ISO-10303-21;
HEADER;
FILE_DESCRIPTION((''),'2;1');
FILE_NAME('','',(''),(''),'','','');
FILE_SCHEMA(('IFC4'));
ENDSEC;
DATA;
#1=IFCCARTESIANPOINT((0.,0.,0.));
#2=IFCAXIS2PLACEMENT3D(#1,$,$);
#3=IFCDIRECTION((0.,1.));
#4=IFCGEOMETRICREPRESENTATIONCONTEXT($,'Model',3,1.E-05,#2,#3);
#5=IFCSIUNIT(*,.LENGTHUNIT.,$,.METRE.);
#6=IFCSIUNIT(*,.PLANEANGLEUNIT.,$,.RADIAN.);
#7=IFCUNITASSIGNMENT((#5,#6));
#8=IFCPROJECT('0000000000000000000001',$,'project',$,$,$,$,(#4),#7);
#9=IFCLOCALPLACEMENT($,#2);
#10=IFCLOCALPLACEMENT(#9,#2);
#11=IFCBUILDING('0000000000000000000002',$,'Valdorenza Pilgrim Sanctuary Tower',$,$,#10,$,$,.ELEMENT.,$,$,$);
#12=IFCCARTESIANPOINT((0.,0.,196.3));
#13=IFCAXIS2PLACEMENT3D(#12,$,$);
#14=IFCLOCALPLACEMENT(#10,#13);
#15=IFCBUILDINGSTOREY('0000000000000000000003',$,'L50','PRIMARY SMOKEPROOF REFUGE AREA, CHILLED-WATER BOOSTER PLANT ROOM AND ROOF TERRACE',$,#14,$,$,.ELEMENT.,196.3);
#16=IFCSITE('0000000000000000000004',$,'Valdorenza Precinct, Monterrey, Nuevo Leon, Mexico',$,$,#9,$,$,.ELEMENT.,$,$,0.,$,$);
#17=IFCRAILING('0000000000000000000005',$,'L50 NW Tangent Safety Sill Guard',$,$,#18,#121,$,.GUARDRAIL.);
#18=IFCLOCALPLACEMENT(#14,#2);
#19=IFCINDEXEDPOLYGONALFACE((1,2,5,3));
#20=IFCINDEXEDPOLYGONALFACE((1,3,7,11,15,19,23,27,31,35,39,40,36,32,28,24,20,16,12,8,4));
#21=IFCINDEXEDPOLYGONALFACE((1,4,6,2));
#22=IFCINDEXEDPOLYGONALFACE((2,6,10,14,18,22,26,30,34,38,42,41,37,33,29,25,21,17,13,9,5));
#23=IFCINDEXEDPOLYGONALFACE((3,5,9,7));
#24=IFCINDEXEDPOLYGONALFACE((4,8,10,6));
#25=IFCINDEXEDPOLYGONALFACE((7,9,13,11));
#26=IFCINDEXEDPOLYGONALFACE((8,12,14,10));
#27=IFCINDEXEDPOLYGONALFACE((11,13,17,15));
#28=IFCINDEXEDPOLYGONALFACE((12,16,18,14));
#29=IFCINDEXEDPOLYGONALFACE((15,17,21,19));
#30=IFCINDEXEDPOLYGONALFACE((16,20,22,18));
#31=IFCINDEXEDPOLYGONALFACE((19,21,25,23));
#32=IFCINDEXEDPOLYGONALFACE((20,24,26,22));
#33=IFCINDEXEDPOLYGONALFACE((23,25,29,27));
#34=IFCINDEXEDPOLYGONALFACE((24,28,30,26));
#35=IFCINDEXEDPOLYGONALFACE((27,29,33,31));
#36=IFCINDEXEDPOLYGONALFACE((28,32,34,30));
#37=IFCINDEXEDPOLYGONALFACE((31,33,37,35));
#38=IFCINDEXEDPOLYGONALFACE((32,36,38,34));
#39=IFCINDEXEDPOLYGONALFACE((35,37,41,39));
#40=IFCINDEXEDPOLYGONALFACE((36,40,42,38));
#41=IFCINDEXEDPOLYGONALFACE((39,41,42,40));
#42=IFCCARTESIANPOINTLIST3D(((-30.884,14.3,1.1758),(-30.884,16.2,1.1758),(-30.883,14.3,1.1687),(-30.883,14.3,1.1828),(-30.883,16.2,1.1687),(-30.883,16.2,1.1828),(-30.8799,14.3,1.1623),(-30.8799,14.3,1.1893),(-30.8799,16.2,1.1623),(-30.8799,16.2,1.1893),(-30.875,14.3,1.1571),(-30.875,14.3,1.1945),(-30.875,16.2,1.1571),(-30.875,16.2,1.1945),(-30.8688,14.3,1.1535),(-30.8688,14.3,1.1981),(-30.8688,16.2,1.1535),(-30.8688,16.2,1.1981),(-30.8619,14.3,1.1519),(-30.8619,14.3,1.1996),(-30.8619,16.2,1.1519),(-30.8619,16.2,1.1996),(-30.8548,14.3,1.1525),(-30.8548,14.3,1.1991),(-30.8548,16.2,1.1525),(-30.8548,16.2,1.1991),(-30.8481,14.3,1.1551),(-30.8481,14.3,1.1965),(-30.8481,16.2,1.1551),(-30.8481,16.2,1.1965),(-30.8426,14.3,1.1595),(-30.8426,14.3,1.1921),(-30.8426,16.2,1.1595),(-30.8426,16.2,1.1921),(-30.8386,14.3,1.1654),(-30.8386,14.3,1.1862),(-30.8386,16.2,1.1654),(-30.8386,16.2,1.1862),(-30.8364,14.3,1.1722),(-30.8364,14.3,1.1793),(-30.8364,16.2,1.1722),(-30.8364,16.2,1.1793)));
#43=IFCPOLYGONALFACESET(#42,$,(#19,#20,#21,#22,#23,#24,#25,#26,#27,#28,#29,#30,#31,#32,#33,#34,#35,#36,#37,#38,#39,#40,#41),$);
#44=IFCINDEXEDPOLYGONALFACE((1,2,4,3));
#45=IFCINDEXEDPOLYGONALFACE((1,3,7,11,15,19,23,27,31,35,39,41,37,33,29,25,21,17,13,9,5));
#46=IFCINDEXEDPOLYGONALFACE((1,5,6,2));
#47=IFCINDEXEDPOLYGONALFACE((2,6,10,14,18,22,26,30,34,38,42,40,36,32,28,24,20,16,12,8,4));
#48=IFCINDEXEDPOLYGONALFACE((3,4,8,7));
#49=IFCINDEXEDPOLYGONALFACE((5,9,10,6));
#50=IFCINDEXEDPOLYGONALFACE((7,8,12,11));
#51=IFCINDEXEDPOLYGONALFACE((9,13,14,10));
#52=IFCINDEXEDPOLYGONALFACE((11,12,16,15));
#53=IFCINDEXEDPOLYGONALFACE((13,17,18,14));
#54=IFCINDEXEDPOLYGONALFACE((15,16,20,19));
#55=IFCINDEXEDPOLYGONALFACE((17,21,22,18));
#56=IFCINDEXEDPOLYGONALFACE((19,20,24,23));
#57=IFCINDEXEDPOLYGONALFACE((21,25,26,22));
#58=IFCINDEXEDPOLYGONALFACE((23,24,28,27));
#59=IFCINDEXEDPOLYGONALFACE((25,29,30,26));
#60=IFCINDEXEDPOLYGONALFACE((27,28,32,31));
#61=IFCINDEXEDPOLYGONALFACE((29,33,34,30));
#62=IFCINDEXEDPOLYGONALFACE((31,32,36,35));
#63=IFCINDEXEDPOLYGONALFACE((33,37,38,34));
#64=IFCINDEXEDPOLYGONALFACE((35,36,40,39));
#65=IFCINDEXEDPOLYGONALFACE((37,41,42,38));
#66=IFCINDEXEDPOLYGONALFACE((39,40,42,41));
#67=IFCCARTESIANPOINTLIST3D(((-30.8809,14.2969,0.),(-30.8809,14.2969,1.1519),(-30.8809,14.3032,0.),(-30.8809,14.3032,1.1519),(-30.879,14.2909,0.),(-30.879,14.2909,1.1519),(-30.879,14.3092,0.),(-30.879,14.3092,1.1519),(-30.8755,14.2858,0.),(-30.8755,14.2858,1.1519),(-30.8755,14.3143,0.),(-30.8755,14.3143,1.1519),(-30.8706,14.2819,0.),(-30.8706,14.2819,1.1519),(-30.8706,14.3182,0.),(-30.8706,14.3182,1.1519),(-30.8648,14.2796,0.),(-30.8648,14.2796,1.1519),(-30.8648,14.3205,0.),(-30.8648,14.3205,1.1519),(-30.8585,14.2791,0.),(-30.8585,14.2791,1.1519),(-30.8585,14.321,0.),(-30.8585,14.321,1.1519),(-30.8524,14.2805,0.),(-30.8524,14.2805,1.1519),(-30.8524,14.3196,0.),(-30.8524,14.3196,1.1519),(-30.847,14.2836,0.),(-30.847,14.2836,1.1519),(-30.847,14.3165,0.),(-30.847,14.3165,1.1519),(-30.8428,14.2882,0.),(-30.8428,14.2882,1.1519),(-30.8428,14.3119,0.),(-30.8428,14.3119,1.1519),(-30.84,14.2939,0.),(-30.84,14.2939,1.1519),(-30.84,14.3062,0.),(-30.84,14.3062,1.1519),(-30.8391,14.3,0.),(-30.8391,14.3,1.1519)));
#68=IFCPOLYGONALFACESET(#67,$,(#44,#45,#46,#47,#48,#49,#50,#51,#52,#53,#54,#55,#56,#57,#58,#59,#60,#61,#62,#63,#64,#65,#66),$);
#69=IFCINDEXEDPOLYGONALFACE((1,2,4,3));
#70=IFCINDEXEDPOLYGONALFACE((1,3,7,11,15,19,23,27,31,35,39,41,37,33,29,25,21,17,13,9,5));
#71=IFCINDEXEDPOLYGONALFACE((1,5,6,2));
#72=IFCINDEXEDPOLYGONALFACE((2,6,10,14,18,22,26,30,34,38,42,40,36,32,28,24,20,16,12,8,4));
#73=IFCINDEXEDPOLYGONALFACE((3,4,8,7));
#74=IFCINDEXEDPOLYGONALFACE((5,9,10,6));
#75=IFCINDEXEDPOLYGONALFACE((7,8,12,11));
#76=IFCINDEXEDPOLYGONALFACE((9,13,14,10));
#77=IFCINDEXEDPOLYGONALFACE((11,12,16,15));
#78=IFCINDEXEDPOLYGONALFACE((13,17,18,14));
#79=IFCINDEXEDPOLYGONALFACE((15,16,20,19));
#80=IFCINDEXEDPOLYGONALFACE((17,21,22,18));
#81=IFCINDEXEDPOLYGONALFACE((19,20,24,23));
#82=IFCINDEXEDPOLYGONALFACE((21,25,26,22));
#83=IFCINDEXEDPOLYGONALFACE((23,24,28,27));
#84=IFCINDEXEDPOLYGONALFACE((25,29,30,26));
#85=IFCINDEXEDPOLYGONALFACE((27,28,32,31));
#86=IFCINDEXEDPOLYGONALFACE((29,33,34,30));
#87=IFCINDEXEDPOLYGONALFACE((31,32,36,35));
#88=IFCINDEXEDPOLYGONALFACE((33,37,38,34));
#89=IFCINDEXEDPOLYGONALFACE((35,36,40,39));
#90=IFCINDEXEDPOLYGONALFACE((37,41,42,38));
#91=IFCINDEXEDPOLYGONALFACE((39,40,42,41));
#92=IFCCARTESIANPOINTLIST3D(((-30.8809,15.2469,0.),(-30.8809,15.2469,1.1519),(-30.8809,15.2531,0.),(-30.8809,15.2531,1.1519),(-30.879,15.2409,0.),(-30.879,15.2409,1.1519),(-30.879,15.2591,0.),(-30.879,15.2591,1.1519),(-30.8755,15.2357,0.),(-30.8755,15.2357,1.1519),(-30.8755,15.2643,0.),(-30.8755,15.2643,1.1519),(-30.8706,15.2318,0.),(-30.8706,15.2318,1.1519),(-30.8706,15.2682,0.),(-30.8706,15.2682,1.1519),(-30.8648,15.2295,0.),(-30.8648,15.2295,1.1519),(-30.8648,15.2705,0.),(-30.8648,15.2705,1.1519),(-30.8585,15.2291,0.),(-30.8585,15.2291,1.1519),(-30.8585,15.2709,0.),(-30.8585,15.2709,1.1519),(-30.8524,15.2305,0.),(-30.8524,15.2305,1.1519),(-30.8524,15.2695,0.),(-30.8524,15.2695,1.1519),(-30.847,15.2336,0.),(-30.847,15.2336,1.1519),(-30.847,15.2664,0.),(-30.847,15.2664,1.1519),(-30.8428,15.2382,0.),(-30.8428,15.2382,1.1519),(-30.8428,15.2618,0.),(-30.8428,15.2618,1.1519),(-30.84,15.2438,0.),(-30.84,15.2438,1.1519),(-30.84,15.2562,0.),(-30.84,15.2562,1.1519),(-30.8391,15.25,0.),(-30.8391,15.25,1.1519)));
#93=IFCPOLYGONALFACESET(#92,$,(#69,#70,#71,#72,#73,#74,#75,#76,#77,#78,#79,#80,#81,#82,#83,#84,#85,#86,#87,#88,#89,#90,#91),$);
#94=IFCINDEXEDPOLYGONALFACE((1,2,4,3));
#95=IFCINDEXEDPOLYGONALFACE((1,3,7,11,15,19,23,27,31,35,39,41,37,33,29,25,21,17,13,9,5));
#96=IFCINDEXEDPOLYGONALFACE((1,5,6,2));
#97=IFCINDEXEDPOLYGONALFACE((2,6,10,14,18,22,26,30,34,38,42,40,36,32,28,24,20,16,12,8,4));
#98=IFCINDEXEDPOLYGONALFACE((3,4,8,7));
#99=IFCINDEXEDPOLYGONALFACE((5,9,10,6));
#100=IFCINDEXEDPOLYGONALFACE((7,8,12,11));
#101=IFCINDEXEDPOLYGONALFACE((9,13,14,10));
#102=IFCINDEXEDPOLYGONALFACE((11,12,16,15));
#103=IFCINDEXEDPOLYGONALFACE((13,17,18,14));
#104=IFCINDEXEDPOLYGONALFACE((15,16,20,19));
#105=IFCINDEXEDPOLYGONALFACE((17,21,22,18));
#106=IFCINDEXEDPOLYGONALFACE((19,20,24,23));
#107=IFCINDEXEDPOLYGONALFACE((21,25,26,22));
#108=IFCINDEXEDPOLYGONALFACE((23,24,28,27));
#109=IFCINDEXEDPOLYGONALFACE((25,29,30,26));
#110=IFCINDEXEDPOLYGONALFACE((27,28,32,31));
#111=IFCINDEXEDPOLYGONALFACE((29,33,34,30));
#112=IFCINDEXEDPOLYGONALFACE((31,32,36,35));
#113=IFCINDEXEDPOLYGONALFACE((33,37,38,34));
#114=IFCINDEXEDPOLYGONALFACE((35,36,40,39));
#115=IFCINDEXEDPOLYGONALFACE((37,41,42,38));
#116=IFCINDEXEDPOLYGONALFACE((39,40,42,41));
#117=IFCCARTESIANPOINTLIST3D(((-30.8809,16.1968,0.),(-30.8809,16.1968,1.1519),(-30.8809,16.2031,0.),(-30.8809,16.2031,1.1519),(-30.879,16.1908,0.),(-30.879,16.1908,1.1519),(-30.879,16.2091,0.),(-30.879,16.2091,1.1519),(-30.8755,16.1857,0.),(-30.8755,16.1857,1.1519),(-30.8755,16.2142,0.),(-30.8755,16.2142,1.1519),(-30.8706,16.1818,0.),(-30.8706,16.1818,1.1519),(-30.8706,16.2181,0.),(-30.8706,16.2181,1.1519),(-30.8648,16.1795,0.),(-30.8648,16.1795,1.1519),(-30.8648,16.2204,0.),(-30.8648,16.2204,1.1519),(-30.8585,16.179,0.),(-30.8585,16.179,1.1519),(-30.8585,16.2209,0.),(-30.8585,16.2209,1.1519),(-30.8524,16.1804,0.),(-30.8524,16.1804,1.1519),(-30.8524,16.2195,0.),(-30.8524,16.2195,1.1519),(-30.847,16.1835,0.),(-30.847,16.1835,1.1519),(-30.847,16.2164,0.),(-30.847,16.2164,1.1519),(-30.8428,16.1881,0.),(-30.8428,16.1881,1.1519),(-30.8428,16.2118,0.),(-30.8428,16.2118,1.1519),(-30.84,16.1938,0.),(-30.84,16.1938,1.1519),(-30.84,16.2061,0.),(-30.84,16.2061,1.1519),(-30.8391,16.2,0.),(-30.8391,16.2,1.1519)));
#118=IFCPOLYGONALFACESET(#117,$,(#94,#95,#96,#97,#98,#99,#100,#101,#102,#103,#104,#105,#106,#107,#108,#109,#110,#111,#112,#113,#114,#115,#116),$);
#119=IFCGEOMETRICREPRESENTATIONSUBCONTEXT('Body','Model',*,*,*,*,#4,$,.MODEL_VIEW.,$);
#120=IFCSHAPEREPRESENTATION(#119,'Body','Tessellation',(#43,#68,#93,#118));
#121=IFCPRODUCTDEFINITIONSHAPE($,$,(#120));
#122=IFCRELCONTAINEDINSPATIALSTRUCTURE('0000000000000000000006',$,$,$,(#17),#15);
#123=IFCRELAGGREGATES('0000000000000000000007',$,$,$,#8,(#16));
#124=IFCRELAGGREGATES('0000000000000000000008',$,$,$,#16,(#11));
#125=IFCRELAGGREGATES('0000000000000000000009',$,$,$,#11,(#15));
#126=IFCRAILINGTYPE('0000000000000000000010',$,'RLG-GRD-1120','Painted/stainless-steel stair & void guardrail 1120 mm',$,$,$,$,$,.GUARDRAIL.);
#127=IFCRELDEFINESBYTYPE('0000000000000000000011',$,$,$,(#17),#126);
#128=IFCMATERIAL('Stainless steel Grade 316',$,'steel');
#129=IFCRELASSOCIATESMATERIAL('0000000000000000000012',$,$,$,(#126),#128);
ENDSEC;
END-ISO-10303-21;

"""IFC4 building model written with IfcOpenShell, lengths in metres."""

from ifc_helpers import new_model, si_unit, direction, frame, origin, origin_2d, place, context, subcontext, project, spatial, circle, extrude, material, type_object, element, save


model = new_model("IFC4")

# Units and contexts
model_context = context("Model", 3, precision=1e-05, world=origin(), true_north=direction((0.0, 1.0)))
body_context = subcontext(model_context, "Body", "Model", "MODEL_VIEW")
ifc_project = project(units=[si_unit("LENGTHUNIT", "METRE"), si_unit("PLANEANGLEUNIT", "RADIAN")], contexts=[model_context])

# Site, building, storey
site_placement = place(None, origin())
site = spatial("IfcSite", under=ifc_project, at=site_placement, Name="Valdorenza Precinct, Monterrey, Nuevo Leon, Mexico", CompositionType="ELEMENT", RefElevation=0.0)
building_placement = place(site_placement, origin())
building = spatial("IfcBuilding", under=site, at=building_placement, Name="Valdorenza Pilgrim Sanctuary Tower", CompositionType="ELEMENT")
storey_placement = place(building_placement, frame((0.0, 0.0, 196.3)))
storey = spatial("IfcBuildingStorey", under=building, at=storey_placement, Name="L50", Description="PRIMARY SMOKEPROOF REFUGE AREA, CHILLED-WATER BOOSTER PLANT ROOM AND ROOF TERRACE", CompositionType="ELEMENT", Elevation=196.3)

# Railing
ifc_material_1 = material(Name="Stainless steel Grade 316", Category="steel")
railing_type = type_object("IfcRailingType", Name="RLG-GRD-1120", Description="Painted/stainless-steel stair & void guardrail 1120 mm", PredefinedType="GUARDRAIL", material=ifc_material_1)
railing_placement = place(storey_placement, frame((-30.8601, 14.3, 0.0)))
element("IfcRailing", 1, at=railing_placement, inside=storey, type_object=railing_type, Name="L50 NW Tangent Safety Sill Guard", PredefinedType="GUARDRAIL", context=body_context, shape_type="SweptSolid", body=[
    extrude(circle(Radius=0.0239, at=origin_2d()), frame((0.0, 0.0, 1.1758), z_axis=(0.0, 1.0, 0.0), x_axis=(-1.0, 0.0, 0.0)), (0.0, 0.0, 1.0), 1.8999),
    extrude(circle(Radius=0.021, at=origin_2d()), origin(), (0.0, 0.0, 1.0), 1.1519),
    extrude(circle(Radius=0.021, at=origin_2d()), frame((0.0, 0.95, 0.0)), (0.0, 0.0, 1.0), 1.1519),
    extrude(circle(Radius=0.021, at=origin_2d()), frame((0.0, 1.8999, 0.0)), (0.0, 0.0, 1.0), 1.1519),
])

save(model, "model.ifc")
